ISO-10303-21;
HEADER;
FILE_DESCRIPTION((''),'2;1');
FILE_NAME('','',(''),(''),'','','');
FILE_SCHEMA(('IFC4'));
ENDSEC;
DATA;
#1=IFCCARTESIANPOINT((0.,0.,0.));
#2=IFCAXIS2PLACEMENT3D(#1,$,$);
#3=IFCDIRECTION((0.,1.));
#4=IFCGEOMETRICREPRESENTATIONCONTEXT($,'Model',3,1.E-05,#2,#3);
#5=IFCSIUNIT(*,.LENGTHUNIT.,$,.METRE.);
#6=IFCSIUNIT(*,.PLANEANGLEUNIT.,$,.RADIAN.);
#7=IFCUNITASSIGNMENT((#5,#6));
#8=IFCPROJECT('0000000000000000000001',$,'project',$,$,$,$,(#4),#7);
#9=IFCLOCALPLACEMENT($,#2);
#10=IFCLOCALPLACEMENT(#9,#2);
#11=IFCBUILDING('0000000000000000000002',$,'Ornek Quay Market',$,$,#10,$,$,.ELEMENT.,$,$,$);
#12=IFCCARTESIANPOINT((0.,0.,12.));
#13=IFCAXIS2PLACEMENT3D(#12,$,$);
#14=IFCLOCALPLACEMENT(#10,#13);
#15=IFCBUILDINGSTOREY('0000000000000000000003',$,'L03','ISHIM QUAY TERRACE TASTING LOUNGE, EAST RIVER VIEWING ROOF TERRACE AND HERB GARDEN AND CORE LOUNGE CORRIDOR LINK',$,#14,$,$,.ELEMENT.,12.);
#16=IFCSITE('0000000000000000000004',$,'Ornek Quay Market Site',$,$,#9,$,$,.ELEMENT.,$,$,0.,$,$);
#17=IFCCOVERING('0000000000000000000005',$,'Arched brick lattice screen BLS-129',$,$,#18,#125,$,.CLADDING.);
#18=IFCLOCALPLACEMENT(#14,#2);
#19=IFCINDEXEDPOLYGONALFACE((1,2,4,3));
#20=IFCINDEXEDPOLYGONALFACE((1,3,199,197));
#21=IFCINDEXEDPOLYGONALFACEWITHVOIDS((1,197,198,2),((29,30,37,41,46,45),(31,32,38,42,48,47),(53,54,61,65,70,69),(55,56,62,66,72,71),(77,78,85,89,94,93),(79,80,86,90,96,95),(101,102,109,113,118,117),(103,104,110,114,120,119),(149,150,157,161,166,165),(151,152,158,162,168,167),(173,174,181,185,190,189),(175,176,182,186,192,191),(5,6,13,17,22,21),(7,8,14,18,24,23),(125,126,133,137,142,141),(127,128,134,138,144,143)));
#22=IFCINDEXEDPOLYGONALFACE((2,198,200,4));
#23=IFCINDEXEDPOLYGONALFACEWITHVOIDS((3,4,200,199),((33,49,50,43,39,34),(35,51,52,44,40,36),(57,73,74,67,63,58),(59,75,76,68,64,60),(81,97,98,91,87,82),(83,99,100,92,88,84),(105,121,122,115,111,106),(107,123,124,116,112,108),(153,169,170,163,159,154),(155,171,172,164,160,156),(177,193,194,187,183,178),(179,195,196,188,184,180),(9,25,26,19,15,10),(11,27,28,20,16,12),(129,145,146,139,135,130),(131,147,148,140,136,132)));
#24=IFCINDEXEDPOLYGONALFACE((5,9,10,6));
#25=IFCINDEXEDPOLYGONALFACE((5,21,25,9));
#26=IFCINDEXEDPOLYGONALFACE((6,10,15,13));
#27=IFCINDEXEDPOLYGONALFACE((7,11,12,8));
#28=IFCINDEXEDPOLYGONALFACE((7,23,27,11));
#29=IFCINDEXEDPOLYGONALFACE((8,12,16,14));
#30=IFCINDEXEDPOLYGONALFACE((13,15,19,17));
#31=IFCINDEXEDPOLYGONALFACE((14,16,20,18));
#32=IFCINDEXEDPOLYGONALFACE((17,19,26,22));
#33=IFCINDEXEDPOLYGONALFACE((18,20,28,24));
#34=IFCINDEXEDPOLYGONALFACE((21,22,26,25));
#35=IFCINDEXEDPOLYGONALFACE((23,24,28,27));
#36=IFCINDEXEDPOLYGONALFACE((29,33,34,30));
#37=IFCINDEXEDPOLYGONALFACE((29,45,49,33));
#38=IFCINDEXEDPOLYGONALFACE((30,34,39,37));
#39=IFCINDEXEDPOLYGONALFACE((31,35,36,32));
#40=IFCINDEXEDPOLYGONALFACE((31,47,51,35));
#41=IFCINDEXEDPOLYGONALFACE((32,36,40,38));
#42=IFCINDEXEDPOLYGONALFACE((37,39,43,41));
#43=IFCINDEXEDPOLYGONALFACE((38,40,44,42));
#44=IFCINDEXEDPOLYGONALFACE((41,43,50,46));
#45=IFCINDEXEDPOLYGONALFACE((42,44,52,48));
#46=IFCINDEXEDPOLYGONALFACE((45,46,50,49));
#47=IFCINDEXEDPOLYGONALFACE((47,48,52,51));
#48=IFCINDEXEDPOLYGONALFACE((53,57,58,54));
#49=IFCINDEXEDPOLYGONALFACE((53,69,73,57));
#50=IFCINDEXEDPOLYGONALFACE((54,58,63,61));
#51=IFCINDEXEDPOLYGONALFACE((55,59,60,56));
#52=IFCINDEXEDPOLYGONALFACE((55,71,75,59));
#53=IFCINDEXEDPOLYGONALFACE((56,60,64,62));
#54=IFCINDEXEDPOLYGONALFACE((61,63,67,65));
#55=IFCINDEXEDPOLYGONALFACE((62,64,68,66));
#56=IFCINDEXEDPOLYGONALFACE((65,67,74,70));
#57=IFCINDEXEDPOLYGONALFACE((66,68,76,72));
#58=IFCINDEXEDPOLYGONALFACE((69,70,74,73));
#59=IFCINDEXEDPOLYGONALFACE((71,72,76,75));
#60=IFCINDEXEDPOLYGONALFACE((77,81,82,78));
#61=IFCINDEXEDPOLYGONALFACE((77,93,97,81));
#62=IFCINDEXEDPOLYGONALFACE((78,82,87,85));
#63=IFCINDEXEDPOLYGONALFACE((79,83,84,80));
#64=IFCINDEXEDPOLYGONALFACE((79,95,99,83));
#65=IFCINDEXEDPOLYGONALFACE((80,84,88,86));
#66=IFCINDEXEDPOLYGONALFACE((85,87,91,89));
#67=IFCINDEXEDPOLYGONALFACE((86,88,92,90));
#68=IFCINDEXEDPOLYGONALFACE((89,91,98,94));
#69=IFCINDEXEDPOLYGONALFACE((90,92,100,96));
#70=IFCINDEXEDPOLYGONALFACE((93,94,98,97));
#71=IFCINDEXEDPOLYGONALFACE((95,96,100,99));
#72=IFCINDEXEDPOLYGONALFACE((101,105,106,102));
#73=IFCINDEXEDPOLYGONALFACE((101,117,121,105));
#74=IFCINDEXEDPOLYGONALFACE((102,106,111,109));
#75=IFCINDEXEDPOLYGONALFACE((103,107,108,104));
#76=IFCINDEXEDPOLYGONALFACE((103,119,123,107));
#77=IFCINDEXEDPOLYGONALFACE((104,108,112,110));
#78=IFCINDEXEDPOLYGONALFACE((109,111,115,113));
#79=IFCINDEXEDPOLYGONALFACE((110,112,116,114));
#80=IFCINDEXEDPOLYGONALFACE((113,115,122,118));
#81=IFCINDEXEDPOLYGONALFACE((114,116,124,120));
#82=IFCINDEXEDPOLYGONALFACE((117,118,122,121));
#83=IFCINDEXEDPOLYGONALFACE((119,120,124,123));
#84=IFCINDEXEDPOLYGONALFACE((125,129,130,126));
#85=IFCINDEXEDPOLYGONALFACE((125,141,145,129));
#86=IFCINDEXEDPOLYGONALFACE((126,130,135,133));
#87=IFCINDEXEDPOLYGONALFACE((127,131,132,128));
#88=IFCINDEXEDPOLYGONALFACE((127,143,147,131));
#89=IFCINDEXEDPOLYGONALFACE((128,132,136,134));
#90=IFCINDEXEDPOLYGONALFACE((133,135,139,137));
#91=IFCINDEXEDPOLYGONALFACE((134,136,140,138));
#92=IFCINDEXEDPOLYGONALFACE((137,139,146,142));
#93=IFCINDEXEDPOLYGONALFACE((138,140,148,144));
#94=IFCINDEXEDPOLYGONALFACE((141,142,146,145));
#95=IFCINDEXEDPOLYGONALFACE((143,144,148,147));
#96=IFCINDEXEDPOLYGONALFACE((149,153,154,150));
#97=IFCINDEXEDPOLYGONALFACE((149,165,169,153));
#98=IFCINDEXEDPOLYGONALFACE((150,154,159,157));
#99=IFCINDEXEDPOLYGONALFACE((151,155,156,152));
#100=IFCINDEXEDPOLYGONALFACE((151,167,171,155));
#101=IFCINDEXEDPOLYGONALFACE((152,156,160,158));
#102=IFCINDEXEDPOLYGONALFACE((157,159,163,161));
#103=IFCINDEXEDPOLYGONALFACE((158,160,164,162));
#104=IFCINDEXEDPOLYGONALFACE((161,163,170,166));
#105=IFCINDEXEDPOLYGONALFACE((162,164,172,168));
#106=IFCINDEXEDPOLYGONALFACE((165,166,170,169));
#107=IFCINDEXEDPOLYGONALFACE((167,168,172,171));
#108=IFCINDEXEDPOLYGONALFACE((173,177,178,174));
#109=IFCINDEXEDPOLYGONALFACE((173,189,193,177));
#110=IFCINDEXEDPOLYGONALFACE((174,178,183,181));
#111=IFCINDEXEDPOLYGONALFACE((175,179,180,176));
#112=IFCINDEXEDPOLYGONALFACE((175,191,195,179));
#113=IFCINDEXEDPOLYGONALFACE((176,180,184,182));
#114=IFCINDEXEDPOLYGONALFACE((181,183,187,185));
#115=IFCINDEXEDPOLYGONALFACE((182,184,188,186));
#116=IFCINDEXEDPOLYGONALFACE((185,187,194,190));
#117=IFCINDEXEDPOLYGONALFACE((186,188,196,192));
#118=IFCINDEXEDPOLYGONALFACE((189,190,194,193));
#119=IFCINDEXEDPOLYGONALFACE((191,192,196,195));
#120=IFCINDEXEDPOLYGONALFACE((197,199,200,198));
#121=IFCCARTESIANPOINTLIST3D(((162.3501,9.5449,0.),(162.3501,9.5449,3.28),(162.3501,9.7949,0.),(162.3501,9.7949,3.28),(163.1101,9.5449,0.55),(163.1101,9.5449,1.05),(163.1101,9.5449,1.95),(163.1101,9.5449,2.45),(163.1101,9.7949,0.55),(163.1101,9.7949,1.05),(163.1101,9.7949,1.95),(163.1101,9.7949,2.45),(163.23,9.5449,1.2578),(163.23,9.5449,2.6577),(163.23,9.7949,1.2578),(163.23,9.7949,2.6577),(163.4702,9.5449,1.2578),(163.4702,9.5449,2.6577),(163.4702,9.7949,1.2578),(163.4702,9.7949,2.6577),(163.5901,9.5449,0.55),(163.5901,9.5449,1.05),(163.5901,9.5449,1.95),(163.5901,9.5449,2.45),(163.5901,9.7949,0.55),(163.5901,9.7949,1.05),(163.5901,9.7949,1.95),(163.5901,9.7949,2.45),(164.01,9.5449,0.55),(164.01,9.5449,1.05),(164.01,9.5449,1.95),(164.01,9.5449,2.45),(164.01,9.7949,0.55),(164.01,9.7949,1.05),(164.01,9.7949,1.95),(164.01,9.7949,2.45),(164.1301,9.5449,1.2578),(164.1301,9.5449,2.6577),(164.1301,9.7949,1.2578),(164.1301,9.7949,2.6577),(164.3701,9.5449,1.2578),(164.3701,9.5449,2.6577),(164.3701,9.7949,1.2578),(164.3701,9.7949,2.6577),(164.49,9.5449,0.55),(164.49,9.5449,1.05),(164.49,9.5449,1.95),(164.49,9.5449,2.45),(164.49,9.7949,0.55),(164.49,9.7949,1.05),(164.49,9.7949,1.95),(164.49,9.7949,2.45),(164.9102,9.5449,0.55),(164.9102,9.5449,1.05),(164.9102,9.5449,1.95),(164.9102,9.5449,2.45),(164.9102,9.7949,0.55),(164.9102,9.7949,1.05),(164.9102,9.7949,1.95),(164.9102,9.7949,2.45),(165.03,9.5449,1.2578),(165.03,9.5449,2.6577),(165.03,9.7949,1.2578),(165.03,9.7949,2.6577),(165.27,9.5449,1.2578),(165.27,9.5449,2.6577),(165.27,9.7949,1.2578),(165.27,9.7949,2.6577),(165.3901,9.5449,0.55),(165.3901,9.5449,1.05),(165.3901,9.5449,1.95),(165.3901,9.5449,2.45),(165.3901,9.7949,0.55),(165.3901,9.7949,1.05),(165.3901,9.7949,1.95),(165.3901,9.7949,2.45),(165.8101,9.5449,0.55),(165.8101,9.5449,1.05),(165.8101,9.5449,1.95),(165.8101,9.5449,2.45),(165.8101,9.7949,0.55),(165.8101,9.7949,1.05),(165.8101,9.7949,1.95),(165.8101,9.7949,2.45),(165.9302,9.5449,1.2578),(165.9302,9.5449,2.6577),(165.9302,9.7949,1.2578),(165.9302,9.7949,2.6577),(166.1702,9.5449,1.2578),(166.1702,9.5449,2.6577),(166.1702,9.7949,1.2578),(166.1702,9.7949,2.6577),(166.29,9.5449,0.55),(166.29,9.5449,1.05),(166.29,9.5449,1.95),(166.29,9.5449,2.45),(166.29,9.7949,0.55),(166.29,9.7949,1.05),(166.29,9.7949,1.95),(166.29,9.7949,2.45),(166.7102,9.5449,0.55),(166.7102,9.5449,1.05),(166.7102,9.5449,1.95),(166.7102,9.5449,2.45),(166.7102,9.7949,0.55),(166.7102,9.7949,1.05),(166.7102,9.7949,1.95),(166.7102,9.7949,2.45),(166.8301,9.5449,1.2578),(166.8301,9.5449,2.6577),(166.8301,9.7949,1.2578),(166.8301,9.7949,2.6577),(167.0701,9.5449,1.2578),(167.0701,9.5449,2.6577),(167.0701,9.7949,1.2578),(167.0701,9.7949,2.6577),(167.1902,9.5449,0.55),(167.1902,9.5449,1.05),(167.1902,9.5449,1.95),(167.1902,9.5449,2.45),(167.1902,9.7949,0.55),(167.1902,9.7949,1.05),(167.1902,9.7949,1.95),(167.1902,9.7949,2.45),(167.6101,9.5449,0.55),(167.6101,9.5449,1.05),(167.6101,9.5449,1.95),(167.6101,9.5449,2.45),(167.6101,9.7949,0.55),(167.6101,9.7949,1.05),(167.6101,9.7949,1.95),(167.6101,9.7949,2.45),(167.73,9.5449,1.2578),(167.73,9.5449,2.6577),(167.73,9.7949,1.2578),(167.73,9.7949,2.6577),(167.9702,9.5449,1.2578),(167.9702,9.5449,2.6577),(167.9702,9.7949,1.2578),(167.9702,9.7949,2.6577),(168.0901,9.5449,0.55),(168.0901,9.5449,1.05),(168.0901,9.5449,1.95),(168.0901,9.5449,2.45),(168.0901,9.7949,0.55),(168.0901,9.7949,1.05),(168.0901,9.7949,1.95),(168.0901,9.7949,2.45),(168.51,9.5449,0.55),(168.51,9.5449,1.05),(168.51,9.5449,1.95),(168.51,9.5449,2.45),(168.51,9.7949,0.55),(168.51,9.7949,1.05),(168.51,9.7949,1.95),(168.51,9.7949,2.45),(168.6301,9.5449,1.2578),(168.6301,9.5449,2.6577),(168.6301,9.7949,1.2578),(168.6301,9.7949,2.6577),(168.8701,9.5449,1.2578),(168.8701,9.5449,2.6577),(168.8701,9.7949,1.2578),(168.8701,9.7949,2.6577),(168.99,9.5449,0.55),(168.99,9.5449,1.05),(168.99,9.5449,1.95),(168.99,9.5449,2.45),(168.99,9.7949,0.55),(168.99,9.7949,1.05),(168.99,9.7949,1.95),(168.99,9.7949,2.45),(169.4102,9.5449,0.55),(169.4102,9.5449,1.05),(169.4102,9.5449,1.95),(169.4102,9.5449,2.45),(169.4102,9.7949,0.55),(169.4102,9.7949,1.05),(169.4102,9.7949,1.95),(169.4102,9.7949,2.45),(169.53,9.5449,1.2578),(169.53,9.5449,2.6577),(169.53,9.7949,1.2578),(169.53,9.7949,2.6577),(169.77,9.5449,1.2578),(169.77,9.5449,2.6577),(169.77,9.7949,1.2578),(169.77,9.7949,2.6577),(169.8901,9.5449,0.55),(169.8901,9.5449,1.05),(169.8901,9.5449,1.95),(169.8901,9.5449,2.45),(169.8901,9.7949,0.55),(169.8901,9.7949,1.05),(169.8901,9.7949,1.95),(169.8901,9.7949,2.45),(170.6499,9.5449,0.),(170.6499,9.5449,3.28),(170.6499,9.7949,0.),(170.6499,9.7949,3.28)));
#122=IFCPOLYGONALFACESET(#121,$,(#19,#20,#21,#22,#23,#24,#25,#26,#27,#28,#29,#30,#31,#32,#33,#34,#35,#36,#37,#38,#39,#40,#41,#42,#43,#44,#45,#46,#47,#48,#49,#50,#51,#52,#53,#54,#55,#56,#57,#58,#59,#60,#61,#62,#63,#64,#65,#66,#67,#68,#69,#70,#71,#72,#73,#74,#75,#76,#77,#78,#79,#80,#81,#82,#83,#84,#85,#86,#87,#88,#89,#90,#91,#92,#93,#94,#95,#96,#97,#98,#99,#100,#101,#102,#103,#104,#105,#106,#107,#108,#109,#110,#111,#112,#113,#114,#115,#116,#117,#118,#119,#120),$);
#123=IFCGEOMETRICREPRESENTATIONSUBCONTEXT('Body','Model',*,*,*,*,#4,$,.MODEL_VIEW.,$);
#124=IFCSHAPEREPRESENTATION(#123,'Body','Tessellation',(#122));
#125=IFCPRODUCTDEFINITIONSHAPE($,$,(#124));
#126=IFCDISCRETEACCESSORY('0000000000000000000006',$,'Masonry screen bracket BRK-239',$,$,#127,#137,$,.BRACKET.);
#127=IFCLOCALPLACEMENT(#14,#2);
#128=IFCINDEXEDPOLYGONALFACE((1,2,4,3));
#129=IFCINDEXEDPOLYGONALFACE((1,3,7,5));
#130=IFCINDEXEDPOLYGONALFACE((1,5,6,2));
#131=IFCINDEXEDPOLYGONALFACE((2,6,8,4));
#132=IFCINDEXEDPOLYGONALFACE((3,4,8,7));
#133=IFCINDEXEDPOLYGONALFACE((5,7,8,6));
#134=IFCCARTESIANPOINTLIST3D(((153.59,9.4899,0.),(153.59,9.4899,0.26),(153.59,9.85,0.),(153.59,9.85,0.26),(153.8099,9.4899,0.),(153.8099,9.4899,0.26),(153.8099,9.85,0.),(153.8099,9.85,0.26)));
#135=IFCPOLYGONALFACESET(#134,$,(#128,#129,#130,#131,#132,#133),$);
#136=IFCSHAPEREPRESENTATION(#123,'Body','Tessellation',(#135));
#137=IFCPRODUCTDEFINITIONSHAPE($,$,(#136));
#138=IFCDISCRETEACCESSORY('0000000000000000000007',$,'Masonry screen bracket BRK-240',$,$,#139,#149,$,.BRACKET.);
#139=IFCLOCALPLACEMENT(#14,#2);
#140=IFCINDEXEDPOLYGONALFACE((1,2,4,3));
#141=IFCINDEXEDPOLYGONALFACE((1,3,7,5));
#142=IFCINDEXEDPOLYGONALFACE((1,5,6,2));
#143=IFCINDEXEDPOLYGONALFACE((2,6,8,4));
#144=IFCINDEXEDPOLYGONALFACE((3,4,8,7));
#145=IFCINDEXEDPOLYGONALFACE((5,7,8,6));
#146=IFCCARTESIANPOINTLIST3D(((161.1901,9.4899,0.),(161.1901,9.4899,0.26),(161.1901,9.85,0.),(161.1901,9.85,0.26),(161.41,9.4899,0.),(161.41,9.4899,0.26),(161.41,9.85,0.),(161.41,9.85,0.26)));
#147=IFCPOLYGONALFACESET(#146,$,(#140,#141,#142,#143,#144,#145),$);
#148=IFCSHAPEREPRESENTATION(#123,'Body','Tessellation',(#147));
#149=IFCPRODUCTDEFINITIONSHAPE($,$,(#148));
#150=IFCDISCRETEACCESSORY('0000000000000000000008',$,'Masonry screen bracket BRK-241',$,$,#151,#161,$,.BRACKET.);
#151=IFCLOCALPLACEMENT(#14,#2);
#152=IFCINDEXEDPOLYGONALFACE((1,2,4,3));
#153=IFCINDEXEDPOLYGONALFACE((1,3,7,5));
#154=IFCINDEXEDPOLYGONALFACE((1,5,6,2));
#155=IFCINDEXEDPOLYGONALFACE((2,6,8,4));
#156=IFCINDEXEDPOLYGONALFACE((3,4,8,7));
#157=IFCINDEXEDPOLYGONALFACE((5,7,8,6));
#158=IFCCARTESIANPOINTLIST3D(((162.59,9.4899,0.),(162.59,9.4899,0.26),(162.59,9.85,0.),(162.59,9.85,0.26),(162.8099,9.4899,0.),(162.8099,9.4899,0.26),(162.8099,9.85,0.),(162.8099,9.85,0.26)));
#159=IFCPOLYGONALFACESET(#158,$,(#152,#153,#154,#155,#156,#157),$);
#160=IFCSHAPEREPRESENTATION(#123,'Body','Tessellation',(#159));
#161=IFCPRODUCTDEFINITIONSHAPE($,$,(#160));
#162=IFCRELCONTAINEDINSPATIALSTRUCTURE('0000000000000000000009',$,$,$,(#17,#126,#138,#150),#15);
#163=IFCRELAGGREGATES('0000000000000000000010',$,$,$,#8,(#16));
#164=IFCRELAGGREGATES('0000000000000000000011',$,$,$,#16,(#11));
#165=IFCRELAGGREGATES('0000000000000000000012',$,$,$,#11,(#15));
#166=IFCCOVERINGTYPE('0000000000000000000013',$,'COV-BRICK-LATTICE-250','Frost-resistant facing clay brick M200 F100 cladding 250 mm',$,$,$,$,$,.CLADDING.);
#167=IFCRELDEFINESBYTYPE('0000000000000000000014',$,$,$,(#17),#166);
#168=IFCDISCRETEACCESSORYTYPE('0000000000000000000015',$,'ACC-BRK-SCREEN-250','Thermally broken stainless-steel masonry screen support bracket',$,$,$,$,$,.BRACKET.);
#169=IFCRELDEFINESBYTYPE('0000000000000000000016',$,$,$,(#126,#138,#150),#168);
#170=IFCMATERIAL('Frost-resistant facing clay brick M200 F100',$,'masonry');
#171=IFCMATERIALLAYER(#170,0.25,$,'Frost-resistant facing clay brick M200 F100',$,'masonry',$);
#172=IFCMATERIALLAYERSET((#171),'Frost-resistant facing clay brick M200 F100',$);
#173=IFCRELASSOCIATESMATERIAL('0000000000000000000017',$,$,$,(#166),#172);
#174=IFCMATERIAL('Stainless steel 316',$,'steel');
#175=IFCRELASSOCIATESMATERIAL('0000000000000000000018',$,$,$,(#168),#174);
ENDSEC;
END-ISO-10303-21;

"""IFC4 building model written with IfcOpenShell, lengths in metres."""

from ifc_helpers import new_model, si_unit, direction, frame, origin, origin_2d, place, context, subcontext, project, spatial, polyline, rectangle, outline, extrude, material, layer, layer_set, type_object, element, save


model = new_model("IFC4")

# Units and contexts
model_context = context("Model", 3, precision=1e-05, world=origin(), true_north=direction((0.0, 1.0)))
body_context = subcontext(model_context, "Body", "Model", "MODEL_VIEW")
ifc_project = project(units=[si_unit("LENGTHUNIT", "METRE"), si_unit("PLANEANGLEUNIT", "RADIAN")], contexts=[model_context])

# Site, building, storey
site_placement = place(None, origin())
site = spatial("IfcSite", under=ifc_project, at=site_placement, Name="Ornek Quay Market Site", CompositionType="ELEMENT", RefElevation=0.0)
building_placement = place(site_placement, origin())
building = spatial("IfcBuilding", under=site, at=building_placement, Name="Ornek Quay Market", CompositionType="ELEMENT")
storey_placement = place(building_placement, frame((0.0, 0.0, 12.0)))
storey = spatial("IfcBuildingStorey", under=building, at=storey_placement, Name="L03", Description="ISHIM QUAY TERRACE TASTING LOUNGE, EAST RIVER VIEWING ROOF TERRACE AND HERB GARDEN AND CORE LOUNGE CORRIDOR LINK", CompositionType="ELEMENT", Elevation=12.0)

# Shared definitions
ifc_material_1 = material(Name="Frost-resistant facing clay brick M200 F100", Category="masonry")

# Covering
ifc_layer_1 = layer(ifc_material_1, 0.25, Name="Frost-resistant facing clay brick M200 F100", Category="masonry")
ifc_layer_set_1 = layer_set([ifc_layer_1], Name="Frost-resistant facing clay brick M200 F100")
covering_type = type_object("IfcCoveringType", Name="COV-BRICK-LATTICE-250", Description="Frost-resistant facing clay brick M200 F100 cladding 250 mm", PredefinedType="CLADDING", material=ifc_layer_set_1)
covering_1_placement = place(storey_placement, frame((162.3501, 9.6699, 0.0), z_axis=(0.0, 0.0, 1.0), x_axis=(1.0, 0.0, 0.0)))
element("IfcCovering", 1, at=covering_1_placement, inside=storey, type_object=covering_type, Name="Arched brick lattice screen BLS-129", PredefinedType="CLADDING", context=body_context, shape_type="SweptSolid", body=[
    extrude(outline(polyline([(0.0, 0.0), (8.2998, 0.0), (8.2998, 3.28), (0.0, 3.28), (0.0, 0.0)]), holes=[polyline([(0.76, 0.55), (1.24, 0.55), (1.24, 1.05), (1.1201, 1.2578), (0.8799, 1.2578), (0.76, 1.05), (0.76, 0.55)]), polyline([(0.76, 1.95), (1.24, 1.95), (1.24, 2.45), (1.1201, 2.6577), (0.8799, 2.6577), (0.76, 2.45), (0.76, 1.95)]), polyline([(1.6599, 0.55), (2.1399, 0.55), (2.1399, 1.05), (2.02, 1.2578), (1.78, 1.2578), (1.6599, 1.05), (1.6599, 0.55)]), polyline([(1.6599, 1.95), (2.1399, 1.95), (2.1399, 2.45), (2.02, 2.6577), (1.78, 2.6577), (1.6599, 2.45), (1.6599, 1.95)]), polyline([(2.5601, 0.55), (3.04, 0.55), (3.04, 1.05), (2.9199, 1.2578), (2.6799, 1.2578), (2.5601, 1.05), (2.5601, 0.55)]), polyline([(2.5601, 1.95), (3.04, 1.95), (3.04, 2.45), (2.9199, 2.6577), (2.6799, 2.6577), (2.5601, 2.45), (2.5601, 1.95)]), polyline([(3.46, 0.55), (3.9399, 0.55), (3.9399, 1.05), (3.8201, 1.2578), (3.5801, 1.2578), (3.46, 1.05), (3.46, 0.55)]), polyline([(3.46, 1.95), (3.9399, 1.95), (3.9399, 2.45), (3.8201, 2.6577), (3.5801, 2.6577), (3.46, 2.45), (3.46, 1.95)]), polyline([(4.3601, 0.55), (4.8401, 0.55), (4.8401, 1.05), (4.72, 1.2578), (4.48, 1.2578), (4.3601, 1.05), (4.3601, 0.55)]), polyline([(4.3601, 1.95), (4.8401, 1.95), (4.8401, 2.45), (4.72, 2.6577), (4.48, 2.6577), (4.3601, 2.45), (4.3601, 1.95)]), polyline([(5.26, 0.55), (5.74, 0.55), (5.74, 1.05), (5.6201, 1.2578), (5.3799, 1.2578), (5.26, 1.05), (5.26, 0.55)]), polyline([(5.26, 1.95), (5.74, 1.95), (5.74, 2.45), (5.6201, 2.6577), (5.3799, 2.6577), (5.26, 2.45), (5.26, 1.95)]), polyline([(6.1599, 0.55), (6.6399, 0.55), (6.6399, 1.05), (6.52, 1.2578), (6.28, 1.2578), (6.1599, 1.05), (6.1599, 0.55)]), polyline([(6.1599, 1.95), (6.6399, 1.95), (6.6399, 2.45), (6.52, 2.6577), (6.28, 2.6577), (6.1599, 2.45), (6.1599, 1.95)]), polyline([(7.0601, 0.55), (7.54, 0.55), (7.54, 1.05), (7.4199, 1.2578), (7.1799, 1.2578), (7.0601, 1.05), (7.0601, 0.55)]), polyline([(7.0601, 1.95), (7.54, 1.95), (7.54, 2.45), (7.4199, 2.6577), (7.1799, 2.6577), (7.0601, 2.45), (7.0601, 1.95)])]), frame((0.0, 0.125, 0.0), z_axis=(0.0, -1.0, 0.0), x_axis=(1.0, 0.0, 0.0)), (0.0, 0.0, 1.0), 0.25),
])

# Discrete accessories
ifc_material_2 = material(Name="Stainless steel 316", Category="steel")
discrete_accessory_type = type_object("IfcDiscreteAccessoryType", Name="ACC-BRK-SCREEN-250", Description="Thermally broken stainless-steel masonry screen support bracket", PredefinedType="BRACKET", material=ifc_material_2)
for number, where, z_axis, x_axis, name in (
    (2, (153.7, 9.6699, 0.0), (0.0, 0.0, 1.0), (1.0, 0.0, 0.0), "Masonry screen bracket BRK-239"),
    (3, (161.3, 9.6699, 0.0), (0.0, 0.0, 1.0), (1.0, 0.0, 0.0), "Masonry screen bracket BRK-240"),
    (4, (162.7, 9.6699, 0.0), (0.0, 0.0, 1.0), (1.0, 0.0, 0.0), "Masonry screen bracket BRK-241"),
):
    element("IfcDiscreteAccessory", number, at=place(storey_placement, frame(where, z_axis=z_axis, x_axis=x_axis)), inside=storey, type_object=discrete_accessory_type, Name=name, PredefinedType="BRACKET", context=body_context, shape_type="SweptSolid", body=[
        extrude(rectangle(XDim=0.22, YDim=0.3601, at=origin_2d()), origin(), (0.0, 0.0, 1.0), 0.26),
    ])

save(model, "model.ifc")
